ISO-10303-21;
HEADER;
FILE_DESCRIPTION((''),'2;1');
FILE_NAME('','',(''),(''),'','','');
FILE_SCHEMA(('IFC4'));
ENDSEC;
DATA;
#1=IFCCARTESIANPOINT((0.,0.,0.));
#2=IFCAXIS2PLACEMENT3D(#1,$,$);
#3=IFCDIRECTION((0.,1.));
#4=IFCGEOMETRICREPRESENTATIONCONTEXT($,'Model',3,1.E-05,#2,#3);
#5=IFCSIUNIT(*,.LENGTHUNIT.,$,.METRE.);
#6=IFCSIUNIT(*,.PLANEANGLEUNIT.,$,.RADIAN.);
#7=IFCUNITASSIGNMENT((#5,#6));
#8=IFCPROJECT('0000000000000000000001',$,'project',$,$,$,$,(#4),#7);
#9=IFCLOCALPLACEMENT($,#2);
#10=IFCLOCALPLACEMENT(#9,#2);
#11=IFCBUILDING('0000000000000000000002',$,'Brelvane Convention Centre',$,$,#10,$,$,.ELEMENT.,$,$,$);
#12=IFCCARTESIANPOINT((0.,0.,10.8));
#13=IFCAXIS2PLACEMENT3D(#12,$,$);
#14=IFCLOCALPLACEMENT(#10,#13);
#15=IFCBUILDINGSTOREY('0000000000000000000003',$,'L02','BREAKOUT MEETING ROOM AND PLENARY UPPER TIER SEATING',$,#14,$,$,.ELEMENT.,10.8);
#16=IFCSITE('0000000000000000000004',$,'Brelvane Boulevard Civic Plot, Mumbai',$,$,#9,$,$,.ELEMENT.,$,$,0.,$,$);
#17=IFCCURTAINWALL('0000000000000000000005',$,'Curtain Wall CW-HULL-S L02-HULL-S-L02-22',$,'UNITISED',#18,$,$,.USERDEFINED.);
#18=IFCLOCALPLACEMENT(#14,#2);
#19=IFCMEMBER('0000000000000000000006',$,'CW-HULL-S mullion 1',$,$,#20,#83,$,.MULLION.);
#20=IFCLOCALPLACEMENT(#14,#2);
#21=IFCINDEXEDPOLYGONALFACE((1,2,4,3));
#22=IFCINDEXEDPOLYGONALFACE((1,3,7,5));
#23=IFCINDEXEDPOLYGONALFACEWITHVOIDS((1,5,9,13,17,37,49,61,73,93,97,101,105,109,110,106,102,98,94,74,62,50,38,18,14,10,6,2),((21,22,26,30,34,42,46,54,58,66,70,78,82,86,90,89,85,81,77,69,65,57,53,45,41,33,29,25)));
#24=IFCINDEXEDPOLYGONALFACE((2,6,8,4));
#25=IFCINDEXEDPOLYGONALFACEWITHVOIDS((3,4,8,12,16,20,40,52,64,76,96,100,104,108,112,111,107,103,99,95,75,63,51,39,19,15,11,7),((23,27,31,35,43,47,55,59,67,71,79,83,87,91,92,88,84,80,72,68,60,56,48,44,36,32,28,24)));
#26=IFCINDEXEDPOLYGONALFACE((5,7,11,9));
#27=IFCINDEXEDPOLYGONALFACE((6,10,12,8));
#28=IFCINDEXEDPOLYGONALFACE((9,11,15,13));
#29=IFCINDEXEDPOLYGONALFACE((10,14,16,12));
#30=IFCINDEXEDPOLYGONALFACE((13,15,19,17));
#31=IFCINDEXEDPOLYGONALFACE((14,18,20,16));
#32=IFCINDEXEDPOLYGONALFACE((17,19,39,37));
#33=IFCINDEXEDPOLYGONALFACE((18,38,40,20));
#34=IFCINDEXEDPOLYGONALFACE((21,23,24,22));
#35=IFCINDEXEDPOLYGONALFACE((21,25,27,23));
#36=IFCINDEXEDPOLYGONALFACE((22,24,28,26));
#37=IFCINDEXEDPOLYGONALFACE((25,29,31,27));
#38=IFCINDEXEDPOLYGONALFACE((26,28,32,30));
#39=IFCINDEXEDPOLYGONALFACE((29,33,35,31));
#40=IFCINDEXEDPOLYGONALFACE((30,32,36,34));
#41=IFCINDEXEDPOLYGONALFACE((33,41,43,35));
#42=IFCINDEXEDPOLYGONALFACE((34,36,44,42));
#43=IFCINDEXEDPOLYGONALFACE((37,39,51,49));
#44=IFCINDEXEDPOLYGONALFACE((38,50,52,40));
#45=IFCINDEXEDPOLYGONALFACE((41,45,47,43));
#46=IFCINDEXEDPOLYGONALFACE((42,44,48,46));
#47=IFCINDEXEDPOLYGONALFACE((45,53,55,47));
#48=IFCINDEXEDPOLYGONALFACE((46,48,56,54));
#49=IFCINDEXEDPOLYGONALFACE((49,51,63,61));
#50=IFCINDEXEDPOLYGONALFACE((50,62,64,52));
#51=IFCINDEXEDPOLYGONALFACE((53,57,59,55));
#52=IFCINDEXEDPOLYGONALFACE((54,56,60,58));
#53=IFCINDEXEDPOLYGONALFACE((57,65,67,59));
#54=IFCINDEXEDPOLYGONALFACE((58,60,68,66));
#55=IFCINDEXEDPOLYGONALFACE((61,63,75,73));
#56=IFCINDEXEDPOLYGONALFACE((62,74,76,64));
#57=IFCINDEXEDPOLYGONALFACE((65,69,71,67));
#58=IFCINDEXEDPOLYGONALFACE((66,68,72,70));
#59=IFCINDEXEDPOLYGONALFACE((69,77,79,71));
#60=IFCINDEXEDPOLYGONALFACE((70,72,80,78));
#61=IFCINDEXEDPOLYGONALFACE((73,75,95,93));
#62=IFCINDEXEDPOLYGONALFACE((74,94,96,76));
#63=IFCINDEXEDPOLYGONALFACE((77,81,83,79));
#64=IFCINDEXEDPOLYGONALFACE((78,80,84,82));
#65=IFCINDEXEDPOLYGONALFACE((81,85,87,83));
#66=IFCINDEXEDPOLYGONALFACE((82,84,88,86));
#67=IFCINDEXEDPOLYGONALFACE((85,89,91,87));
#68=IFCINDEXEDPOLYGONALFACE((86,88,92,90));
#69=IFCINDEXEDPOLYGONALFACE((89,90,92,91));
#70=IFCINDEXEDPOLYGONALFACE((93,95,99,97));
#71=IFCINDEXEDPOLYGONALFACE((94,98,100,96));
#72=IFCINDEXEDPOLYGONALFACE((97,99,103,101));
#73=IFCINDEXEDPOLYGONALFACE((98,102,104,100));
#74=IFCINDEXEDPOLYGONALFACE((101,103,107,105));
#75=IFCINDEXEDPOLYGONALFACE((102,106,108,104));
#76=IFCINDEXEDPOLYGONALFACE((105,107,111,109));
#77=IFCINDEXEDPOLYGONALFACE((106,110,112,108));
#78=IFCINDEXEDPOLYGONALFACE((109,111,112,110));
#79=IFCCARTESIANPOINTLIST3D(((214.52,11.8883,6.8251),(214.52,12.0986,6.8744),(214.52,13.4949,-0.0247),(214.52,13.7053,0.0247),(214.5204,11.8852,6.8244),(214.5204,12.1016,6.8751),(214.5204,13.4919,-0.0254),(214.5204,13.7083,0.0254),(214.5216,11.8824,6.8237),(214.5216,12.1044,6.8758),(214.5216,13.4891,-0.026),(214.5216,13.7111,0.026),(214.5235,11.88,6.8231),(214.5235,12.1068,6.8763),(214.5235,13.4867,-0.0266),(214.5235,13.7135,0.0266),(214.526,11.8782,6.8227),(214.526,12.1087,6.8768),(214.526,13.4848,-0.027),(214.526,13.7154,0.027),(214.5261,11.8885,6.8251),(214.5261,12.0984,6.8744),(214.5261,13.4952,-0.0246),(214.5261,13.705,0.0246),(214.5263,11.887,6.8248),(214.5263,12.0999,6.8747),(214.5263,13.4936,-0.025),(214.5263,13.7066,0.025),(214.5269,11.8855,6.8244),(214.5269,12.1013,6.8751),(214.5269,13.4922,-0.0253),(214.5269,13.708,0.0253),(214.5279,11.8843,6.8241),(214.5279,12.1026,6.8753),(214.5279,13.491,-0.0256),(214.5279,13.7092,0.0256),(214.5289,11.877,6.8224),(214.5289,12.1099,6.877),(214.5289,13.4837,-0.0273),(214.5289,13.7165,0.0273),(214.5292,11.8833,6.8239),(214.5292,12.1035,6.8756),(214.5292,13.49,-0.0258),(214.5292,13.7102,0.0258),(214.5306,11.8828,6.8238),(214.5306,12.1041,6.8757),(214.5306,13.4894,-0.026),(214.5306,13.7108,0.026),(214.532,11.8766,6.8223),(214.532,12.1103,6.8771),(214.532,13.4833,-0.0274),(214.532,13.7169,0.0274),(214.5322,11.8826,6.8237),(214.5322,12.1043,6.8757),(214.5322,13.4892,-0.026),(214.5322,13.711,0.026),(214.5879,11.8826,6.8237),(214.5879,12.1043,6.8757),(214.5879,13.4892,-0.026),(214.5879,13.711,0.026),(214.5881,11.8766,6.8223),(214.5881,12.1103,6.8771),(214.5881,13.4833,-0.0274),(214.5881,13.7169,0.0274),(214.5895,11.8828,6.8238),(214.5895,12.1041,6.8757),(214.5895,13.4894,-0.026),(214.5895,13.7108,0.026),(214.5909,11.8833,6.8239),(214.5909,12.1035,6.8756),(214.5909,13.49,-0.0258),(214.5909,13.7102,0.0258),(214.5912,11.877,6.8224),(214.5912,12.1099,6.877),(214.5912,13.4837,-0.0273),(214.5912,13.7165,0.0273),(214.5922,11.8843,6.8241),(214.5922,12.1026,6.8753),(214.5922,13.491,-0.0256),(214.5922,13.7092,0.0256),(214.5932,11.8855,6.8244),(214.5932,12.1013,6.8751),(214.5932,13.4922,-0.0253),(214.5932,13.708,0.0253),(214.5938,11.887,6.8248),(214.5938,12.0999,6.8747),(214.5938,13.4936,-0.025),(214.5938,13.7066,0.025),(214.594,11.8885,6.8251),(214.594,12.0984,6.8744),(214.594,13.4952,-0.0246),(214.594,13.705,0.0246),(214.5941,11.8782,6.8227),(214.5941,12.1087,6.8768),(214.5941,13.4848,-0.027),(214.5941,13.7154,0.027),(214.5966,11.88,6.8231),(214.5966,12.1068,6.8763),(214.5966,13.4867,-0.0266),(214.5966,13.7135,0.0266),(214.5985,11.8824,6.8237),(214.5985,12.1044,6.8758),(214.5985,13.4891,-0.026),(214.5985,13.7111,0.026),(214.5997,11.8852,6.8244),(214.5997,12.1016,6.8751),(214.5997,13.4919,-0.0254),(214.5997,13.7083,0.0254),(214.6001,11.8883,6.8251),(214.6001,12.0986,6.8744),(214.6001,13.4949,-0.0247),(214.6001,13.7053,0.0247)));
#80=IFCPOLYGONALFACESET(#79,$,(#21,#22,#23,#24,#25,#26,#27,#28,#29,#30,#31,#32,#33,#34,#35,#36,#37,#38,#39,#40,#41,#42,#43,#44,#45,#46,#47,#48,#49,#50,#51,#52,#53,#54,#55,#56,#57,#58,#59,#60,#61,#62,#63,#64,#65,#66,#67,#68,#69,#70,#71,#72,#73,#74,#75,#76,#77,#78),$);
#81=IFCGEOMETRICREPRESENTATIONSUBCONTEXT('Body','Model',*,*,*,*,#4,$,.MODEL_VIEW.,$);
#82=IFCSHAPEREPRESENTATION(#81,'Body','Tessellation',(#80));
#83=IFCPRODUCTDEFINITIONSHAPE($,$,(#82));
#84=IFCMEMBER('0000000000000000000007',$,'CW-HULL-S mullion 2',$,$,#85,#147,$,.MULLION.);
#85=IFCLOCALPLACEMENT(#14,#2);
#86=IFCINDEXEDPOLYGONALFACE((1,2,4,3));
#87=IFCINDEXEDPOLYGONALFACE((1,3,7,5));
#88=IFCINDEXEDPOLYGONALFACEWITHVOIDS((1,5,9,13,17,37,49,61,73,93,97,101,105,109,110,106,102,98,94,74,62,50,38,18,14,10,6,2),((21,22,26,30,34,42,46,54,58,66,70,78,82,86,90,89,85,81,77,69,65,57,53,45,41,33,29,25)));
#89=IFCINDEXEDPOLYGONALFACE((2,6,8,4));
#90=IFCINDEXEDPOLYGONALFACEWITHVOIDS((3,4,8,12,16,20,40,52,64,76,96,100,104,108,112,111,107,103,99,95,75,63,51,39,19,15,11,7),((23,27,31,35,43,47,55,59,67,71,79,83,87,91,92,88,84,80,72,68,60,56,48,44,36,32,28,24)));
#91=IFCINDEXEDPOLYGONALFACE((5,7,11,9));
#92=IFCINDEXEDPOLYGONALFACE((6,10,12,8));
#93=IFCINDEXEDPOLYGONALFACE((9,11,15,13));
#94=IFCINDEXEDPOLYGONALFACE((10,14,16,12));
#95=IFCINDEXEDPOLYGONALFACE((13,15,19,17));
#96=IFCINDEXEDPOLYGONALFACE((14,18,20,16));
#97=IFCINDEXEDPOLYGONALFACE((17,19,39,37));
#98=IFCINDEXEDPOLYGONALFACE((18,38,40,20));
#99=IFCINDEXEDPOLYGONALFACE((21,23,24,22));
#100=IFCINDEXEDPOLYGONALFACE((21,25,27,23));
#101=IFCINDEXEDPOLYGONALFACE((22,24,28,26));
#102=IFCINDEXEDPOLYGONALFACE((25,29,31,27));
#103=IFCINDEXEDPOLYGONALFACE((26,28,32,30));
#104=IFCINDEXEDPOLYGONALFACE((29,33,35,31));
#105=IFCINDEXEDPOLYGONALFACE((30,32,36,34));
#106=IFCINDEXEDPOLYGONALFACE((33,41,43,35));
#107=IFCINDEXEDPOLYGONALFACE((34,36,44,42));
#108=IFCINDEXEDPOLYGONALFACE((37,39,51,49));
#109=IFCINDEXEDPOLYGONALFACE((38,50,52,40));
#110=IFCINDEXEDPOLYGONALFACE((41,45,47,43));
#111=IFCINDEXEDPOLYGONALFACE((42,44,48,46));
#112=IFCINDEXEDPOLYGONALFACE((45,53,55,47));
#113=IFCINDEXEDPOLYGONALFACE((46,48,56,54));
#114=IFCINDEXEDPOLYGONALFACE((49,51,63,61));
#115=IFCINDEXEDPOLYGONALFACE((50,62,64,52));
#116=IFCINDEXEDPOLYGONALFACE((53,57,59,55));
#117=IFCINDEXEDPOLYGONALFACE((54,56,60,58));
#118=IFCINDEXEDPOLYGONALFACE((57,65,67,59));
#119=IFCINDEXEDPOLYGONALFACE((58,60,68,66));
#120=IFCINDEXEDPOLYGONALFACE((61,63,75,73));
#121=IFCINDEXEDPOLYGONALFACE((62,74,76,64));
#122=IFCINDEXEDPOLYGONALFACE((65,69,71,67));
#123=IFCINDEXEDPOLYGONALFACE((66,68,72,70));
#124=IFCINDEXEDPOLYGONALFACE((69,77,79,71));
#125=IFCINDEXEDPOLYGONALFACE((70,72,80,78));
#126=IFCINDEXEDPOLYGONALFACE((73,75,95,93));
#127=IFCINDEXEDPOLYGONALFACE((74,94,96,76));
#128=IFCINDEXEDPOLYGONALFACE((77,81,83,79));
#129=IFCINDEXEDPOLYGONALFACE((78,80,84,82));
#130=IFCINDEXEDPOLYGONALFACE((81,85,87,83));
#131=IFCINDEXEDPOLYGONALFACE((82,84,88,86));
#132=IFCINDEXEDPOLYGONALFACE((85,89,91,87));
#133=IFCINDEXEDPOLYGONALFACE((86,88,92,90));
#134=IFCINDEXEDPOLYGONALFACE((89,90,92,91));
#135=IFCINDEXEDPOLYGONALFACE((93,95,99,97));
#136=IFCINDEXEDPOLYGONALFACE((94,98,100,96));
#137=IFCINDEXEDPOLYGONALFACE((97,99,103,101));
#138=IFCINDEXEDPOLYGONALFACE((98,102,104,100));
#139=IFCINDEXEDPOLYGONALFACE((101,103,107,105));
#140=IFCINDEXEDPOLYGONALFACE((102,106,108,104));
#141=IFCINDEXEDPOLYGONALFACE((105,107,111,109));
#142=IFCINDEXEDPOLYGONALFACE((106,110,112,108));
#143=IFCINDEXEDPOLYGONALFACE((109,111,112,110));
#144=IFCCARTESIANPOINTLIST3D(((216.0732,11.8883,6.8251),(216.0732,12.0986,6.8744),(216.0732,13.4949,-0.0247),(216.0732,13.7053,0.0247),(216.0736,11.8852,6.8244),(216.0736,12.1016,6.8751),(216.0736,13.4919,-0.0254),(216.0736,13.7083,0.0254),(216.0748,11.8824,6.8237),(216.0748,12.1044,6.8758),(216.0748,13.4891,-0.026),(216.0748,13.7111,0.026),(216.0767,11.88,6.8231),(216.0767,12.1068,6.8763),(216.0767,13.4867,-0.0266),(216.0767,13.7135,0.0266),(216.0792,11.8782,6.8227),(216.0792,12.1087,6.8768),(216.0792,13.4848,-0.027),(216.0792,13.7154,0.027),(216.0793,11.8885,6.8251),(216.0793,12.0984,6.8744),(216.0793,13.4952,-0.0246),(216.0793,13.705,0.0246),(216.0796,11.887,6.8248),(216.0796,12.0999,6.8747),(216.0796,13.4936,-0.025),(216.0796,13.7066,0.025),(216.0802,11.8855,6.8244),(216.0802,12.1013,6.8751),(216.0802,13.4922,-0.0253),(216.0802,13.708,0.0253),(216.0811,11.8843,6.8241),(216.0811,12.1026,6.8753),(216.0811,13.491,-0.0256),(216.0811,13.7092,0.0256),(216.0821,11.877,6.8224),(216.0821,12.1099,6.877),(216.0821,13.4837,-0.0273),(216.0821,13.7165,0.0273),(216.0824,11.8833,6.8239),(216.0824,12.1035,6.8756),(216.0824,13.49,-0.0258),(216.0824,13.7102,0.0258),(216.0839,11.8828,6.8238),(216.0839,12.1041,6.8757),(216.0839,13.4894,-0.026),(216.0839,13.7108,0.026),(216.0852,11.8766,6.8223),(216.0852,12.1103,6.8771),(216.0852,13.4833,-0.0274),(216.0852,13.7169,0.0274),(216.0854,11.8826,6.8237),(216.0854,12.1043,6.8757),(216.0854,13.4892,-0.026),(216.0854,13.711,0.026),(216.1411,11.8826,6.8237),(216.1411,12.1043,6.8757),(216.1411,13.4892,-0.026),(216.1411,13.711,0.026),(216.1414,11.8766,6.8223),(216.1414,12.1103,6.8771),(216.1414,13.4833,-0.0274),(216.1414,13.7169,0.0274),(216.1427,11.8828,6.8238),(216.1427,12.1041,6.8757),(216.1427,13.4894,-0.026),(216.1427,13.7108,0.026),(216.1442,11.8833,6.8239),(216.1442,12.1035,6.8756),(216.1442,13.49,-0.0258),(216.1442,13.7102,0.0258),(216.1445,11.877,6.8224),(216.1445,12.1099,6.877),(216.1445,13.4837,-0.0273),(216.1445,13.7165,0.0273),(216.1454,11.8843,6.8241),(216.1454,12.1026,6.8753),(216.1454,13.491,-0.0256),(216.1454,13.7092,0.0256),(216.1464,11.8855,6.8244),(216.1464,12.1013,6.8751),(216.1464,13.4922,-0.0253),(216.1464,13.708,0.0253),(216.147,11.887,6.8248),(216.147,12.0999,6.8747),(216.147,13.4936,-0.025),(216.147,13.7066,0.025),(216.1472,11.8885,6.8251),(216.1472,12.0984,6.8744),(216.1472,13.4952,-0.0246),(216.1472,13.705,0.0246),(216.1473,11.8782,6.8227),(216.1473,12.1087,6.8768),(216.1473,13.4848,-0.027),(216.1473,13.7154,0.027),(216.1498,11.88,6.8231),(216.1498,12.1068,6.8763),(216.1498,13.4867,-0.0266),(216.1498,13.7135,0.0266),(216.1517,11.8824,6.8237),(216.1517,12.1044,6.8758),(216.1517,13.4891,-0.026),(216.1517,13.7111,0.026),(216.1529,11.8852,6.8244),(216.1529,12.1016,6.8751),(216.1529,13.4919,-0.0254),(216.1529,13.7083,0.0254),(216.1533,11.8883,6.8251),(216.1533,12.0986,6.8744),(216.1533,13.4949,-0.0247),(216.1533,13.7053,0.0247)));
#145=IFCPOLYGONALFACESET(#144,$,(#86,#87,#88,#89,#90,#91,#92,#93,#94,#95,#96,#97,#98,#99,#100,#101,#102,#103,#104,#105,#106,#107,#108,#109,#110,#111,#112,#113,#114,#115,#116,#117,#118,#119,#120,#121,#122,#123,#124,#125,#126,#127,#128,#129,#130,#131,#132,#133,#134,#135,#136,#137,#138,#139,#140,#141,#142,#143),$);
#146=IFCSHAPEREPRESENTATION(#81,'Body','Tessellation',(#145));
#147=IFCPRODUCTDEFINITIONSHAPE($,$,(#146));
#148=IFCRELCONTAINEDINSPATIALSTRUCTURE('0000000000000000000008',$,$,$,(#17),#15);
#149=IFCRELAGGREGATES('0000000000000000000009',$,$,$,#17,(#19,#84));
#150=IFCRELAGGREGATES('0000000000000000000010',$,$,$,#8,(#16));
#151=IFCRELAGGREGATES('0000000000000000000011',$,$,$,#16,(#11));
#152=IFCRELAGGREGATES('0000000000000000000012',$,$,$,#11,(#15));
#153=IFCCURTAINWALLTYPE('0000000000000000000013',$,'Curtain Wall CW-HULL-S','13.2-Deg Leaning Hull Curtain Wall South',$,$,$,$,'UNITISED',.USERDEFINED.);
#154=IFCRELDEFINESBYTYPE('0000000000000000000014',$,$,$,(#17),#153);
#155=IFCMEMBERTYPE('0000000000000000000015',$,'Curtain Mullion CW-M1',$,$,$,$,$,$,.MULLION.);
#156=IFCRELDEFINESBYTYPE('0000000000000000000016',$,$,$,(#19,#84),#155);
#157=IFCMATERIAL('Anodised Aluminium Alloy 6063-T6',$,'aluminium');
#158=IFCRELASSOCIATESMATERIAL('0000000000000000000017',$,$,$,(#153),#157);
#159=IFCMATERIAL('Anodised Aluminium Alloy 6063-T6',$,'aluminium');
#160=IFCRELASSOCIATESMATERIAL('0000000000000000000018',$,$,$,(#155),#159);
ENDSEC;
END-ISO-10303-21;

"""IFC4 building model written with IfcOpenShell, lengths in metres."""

from ifc_helpers import new_model, si_unit, direction, frame, origin, origin_2d, place, context, subcontext, project, spatial, hollow_rectangle, extrude, material, material_profile, profile_set, type_object, element, aggregate, save


model = new_model("IFC4")

# Units and contexts
model_context = context("Model", 3, precision=1e-05, world=origin(), true_north=direction((0.0, 1.0)))
body_context = subcontext(model_context, "Body", "Model", "MODEL_VIEW")
ifc_project = project(units=[si_unit("LENGTHUNIT", "METRE"), si_unit("PLANEANGLEUNIT", "RADIAN")], contexts=[model_context])

# Site, building, storey
site_placement = place(None, origin())
site = spatial("IfcSite", under=ifc_project, at=site_placement, Name="Brelvane Boulevard Civic Plot, Mumbai", CompositionType="ELEMENT", RefElevation=0.0)
building_placement = place(site_placement, origin())
building = spatial("IfcBuilding", under=site, at=building_placement, Name="Brelvane Convention Centre", CompositionType="ELEMENT")
storey_placement = place(building_placement, frame((0.0, 0.0, 10.8)))
storey = spatial("IfcBuildingStorey", under=building, at=storey_placement, Name="L02", Description="BREAKOUT MEETING ROOM AND PLENARY UPPER TIER SEATING", CompositionType="ELEMENT", Elevation=10.8)

# Curtain wall, members
ifc_material_1 = material(Name="Anodised Aluminium Alloy 6063-T6", Category="aluminium")
curtain_wall_type = type_object("IfcCurtainWallType", Name="Curtain Wall CW-HULL-S", Description="13.2-Deg Leaning Hull Curtain Wall South", ElementType="UNITISED", PredefinedType="USERDEFINED", material=ifc_material_1)
curtain_wall_placement = place(storey_placement, origin())
curtain_wall = element("IfcCurtainWall", 1, at=curtain_wall_placement, inside=storey, type_object=curtain_wall_type, Name="Curtain Wall CW-HULL-S L02-HULL-S-L02-22", ObjectType="UNITISED", PredefinedType="USERDEFINED")
ifc_material_2 = material(Name="Anodised Aluminium Alloy 6063-T6", Category="aluminium")
ifc_material_profile_1 = material_profile(ifc_material_2, hollow_rectangle(XDim=0.0801, YDim=0.24, WallThickness=0.0061, InnerFilletRadius=0.0061, OuterFilletRadius=0.012, at=origin_2d()), Name="ALU-M 240x80x6.0")
ifc_profile_set_1 = profile_set([ifc_material_profile_1], Name="Anodised Aluminium Alloy 6063-T6")
member_type_1 = type_object("IfcMemberType", Name="Curtain Mullion CW-M1", PredefinedType="MULLION", material=ifc_profile_set_1)
member_1_placement = place(storey_placement, frame((214.5601, 13.6001, 0.0), z_axis=(0.0, -0.22836, 0.973577), x_axis=(1.0, 0.0, 0.0)))
member_1 = element("IfcMember", 2, at=member_1_placement, type_object=member_type_1, Name="CW-HULL-S mullion 1", PredefinedType="MULLION", context=body_context, shape_type="SweptSolid", body=[
    extrude(hollow_rectangle(XDim=0.0801, YDim=0.24, WallThickness=0.0061, InnerFilletRadius=0.0061, OuterFilletRadius=0.012, at=origin_2d()), origin(), (0.0, 0.0, 1.0), 7.0356),
])
member_2_placement = place(storey_placement, frame((216.1133, 13.6001, 0.0), z_axis=(0.0, -0.22836, 0.973577), x_axis=(1.0, 0.0, 0.0)))
member_2 = element("IfcMember", 3, at=member_2_placement, type_object=member_type_1, Name="CW-HULL-S mullion 2", PredefinedType="MULLION", context=body_context, shape_type="SweptSolid", body=[
    extrude(hollow_rectangle(XDim=0.0801, YDim=0.24, WallThickness=0.0061, InnerFilletRadius=0.0061, OuterFilletRadius=0.012, at=origin_2d()), origin(), (0.0, 0.0, 1.0), 7.0356),
])

aggregate(curtain_wall, [member_1, member_2])

save(model, "model.ifc")
